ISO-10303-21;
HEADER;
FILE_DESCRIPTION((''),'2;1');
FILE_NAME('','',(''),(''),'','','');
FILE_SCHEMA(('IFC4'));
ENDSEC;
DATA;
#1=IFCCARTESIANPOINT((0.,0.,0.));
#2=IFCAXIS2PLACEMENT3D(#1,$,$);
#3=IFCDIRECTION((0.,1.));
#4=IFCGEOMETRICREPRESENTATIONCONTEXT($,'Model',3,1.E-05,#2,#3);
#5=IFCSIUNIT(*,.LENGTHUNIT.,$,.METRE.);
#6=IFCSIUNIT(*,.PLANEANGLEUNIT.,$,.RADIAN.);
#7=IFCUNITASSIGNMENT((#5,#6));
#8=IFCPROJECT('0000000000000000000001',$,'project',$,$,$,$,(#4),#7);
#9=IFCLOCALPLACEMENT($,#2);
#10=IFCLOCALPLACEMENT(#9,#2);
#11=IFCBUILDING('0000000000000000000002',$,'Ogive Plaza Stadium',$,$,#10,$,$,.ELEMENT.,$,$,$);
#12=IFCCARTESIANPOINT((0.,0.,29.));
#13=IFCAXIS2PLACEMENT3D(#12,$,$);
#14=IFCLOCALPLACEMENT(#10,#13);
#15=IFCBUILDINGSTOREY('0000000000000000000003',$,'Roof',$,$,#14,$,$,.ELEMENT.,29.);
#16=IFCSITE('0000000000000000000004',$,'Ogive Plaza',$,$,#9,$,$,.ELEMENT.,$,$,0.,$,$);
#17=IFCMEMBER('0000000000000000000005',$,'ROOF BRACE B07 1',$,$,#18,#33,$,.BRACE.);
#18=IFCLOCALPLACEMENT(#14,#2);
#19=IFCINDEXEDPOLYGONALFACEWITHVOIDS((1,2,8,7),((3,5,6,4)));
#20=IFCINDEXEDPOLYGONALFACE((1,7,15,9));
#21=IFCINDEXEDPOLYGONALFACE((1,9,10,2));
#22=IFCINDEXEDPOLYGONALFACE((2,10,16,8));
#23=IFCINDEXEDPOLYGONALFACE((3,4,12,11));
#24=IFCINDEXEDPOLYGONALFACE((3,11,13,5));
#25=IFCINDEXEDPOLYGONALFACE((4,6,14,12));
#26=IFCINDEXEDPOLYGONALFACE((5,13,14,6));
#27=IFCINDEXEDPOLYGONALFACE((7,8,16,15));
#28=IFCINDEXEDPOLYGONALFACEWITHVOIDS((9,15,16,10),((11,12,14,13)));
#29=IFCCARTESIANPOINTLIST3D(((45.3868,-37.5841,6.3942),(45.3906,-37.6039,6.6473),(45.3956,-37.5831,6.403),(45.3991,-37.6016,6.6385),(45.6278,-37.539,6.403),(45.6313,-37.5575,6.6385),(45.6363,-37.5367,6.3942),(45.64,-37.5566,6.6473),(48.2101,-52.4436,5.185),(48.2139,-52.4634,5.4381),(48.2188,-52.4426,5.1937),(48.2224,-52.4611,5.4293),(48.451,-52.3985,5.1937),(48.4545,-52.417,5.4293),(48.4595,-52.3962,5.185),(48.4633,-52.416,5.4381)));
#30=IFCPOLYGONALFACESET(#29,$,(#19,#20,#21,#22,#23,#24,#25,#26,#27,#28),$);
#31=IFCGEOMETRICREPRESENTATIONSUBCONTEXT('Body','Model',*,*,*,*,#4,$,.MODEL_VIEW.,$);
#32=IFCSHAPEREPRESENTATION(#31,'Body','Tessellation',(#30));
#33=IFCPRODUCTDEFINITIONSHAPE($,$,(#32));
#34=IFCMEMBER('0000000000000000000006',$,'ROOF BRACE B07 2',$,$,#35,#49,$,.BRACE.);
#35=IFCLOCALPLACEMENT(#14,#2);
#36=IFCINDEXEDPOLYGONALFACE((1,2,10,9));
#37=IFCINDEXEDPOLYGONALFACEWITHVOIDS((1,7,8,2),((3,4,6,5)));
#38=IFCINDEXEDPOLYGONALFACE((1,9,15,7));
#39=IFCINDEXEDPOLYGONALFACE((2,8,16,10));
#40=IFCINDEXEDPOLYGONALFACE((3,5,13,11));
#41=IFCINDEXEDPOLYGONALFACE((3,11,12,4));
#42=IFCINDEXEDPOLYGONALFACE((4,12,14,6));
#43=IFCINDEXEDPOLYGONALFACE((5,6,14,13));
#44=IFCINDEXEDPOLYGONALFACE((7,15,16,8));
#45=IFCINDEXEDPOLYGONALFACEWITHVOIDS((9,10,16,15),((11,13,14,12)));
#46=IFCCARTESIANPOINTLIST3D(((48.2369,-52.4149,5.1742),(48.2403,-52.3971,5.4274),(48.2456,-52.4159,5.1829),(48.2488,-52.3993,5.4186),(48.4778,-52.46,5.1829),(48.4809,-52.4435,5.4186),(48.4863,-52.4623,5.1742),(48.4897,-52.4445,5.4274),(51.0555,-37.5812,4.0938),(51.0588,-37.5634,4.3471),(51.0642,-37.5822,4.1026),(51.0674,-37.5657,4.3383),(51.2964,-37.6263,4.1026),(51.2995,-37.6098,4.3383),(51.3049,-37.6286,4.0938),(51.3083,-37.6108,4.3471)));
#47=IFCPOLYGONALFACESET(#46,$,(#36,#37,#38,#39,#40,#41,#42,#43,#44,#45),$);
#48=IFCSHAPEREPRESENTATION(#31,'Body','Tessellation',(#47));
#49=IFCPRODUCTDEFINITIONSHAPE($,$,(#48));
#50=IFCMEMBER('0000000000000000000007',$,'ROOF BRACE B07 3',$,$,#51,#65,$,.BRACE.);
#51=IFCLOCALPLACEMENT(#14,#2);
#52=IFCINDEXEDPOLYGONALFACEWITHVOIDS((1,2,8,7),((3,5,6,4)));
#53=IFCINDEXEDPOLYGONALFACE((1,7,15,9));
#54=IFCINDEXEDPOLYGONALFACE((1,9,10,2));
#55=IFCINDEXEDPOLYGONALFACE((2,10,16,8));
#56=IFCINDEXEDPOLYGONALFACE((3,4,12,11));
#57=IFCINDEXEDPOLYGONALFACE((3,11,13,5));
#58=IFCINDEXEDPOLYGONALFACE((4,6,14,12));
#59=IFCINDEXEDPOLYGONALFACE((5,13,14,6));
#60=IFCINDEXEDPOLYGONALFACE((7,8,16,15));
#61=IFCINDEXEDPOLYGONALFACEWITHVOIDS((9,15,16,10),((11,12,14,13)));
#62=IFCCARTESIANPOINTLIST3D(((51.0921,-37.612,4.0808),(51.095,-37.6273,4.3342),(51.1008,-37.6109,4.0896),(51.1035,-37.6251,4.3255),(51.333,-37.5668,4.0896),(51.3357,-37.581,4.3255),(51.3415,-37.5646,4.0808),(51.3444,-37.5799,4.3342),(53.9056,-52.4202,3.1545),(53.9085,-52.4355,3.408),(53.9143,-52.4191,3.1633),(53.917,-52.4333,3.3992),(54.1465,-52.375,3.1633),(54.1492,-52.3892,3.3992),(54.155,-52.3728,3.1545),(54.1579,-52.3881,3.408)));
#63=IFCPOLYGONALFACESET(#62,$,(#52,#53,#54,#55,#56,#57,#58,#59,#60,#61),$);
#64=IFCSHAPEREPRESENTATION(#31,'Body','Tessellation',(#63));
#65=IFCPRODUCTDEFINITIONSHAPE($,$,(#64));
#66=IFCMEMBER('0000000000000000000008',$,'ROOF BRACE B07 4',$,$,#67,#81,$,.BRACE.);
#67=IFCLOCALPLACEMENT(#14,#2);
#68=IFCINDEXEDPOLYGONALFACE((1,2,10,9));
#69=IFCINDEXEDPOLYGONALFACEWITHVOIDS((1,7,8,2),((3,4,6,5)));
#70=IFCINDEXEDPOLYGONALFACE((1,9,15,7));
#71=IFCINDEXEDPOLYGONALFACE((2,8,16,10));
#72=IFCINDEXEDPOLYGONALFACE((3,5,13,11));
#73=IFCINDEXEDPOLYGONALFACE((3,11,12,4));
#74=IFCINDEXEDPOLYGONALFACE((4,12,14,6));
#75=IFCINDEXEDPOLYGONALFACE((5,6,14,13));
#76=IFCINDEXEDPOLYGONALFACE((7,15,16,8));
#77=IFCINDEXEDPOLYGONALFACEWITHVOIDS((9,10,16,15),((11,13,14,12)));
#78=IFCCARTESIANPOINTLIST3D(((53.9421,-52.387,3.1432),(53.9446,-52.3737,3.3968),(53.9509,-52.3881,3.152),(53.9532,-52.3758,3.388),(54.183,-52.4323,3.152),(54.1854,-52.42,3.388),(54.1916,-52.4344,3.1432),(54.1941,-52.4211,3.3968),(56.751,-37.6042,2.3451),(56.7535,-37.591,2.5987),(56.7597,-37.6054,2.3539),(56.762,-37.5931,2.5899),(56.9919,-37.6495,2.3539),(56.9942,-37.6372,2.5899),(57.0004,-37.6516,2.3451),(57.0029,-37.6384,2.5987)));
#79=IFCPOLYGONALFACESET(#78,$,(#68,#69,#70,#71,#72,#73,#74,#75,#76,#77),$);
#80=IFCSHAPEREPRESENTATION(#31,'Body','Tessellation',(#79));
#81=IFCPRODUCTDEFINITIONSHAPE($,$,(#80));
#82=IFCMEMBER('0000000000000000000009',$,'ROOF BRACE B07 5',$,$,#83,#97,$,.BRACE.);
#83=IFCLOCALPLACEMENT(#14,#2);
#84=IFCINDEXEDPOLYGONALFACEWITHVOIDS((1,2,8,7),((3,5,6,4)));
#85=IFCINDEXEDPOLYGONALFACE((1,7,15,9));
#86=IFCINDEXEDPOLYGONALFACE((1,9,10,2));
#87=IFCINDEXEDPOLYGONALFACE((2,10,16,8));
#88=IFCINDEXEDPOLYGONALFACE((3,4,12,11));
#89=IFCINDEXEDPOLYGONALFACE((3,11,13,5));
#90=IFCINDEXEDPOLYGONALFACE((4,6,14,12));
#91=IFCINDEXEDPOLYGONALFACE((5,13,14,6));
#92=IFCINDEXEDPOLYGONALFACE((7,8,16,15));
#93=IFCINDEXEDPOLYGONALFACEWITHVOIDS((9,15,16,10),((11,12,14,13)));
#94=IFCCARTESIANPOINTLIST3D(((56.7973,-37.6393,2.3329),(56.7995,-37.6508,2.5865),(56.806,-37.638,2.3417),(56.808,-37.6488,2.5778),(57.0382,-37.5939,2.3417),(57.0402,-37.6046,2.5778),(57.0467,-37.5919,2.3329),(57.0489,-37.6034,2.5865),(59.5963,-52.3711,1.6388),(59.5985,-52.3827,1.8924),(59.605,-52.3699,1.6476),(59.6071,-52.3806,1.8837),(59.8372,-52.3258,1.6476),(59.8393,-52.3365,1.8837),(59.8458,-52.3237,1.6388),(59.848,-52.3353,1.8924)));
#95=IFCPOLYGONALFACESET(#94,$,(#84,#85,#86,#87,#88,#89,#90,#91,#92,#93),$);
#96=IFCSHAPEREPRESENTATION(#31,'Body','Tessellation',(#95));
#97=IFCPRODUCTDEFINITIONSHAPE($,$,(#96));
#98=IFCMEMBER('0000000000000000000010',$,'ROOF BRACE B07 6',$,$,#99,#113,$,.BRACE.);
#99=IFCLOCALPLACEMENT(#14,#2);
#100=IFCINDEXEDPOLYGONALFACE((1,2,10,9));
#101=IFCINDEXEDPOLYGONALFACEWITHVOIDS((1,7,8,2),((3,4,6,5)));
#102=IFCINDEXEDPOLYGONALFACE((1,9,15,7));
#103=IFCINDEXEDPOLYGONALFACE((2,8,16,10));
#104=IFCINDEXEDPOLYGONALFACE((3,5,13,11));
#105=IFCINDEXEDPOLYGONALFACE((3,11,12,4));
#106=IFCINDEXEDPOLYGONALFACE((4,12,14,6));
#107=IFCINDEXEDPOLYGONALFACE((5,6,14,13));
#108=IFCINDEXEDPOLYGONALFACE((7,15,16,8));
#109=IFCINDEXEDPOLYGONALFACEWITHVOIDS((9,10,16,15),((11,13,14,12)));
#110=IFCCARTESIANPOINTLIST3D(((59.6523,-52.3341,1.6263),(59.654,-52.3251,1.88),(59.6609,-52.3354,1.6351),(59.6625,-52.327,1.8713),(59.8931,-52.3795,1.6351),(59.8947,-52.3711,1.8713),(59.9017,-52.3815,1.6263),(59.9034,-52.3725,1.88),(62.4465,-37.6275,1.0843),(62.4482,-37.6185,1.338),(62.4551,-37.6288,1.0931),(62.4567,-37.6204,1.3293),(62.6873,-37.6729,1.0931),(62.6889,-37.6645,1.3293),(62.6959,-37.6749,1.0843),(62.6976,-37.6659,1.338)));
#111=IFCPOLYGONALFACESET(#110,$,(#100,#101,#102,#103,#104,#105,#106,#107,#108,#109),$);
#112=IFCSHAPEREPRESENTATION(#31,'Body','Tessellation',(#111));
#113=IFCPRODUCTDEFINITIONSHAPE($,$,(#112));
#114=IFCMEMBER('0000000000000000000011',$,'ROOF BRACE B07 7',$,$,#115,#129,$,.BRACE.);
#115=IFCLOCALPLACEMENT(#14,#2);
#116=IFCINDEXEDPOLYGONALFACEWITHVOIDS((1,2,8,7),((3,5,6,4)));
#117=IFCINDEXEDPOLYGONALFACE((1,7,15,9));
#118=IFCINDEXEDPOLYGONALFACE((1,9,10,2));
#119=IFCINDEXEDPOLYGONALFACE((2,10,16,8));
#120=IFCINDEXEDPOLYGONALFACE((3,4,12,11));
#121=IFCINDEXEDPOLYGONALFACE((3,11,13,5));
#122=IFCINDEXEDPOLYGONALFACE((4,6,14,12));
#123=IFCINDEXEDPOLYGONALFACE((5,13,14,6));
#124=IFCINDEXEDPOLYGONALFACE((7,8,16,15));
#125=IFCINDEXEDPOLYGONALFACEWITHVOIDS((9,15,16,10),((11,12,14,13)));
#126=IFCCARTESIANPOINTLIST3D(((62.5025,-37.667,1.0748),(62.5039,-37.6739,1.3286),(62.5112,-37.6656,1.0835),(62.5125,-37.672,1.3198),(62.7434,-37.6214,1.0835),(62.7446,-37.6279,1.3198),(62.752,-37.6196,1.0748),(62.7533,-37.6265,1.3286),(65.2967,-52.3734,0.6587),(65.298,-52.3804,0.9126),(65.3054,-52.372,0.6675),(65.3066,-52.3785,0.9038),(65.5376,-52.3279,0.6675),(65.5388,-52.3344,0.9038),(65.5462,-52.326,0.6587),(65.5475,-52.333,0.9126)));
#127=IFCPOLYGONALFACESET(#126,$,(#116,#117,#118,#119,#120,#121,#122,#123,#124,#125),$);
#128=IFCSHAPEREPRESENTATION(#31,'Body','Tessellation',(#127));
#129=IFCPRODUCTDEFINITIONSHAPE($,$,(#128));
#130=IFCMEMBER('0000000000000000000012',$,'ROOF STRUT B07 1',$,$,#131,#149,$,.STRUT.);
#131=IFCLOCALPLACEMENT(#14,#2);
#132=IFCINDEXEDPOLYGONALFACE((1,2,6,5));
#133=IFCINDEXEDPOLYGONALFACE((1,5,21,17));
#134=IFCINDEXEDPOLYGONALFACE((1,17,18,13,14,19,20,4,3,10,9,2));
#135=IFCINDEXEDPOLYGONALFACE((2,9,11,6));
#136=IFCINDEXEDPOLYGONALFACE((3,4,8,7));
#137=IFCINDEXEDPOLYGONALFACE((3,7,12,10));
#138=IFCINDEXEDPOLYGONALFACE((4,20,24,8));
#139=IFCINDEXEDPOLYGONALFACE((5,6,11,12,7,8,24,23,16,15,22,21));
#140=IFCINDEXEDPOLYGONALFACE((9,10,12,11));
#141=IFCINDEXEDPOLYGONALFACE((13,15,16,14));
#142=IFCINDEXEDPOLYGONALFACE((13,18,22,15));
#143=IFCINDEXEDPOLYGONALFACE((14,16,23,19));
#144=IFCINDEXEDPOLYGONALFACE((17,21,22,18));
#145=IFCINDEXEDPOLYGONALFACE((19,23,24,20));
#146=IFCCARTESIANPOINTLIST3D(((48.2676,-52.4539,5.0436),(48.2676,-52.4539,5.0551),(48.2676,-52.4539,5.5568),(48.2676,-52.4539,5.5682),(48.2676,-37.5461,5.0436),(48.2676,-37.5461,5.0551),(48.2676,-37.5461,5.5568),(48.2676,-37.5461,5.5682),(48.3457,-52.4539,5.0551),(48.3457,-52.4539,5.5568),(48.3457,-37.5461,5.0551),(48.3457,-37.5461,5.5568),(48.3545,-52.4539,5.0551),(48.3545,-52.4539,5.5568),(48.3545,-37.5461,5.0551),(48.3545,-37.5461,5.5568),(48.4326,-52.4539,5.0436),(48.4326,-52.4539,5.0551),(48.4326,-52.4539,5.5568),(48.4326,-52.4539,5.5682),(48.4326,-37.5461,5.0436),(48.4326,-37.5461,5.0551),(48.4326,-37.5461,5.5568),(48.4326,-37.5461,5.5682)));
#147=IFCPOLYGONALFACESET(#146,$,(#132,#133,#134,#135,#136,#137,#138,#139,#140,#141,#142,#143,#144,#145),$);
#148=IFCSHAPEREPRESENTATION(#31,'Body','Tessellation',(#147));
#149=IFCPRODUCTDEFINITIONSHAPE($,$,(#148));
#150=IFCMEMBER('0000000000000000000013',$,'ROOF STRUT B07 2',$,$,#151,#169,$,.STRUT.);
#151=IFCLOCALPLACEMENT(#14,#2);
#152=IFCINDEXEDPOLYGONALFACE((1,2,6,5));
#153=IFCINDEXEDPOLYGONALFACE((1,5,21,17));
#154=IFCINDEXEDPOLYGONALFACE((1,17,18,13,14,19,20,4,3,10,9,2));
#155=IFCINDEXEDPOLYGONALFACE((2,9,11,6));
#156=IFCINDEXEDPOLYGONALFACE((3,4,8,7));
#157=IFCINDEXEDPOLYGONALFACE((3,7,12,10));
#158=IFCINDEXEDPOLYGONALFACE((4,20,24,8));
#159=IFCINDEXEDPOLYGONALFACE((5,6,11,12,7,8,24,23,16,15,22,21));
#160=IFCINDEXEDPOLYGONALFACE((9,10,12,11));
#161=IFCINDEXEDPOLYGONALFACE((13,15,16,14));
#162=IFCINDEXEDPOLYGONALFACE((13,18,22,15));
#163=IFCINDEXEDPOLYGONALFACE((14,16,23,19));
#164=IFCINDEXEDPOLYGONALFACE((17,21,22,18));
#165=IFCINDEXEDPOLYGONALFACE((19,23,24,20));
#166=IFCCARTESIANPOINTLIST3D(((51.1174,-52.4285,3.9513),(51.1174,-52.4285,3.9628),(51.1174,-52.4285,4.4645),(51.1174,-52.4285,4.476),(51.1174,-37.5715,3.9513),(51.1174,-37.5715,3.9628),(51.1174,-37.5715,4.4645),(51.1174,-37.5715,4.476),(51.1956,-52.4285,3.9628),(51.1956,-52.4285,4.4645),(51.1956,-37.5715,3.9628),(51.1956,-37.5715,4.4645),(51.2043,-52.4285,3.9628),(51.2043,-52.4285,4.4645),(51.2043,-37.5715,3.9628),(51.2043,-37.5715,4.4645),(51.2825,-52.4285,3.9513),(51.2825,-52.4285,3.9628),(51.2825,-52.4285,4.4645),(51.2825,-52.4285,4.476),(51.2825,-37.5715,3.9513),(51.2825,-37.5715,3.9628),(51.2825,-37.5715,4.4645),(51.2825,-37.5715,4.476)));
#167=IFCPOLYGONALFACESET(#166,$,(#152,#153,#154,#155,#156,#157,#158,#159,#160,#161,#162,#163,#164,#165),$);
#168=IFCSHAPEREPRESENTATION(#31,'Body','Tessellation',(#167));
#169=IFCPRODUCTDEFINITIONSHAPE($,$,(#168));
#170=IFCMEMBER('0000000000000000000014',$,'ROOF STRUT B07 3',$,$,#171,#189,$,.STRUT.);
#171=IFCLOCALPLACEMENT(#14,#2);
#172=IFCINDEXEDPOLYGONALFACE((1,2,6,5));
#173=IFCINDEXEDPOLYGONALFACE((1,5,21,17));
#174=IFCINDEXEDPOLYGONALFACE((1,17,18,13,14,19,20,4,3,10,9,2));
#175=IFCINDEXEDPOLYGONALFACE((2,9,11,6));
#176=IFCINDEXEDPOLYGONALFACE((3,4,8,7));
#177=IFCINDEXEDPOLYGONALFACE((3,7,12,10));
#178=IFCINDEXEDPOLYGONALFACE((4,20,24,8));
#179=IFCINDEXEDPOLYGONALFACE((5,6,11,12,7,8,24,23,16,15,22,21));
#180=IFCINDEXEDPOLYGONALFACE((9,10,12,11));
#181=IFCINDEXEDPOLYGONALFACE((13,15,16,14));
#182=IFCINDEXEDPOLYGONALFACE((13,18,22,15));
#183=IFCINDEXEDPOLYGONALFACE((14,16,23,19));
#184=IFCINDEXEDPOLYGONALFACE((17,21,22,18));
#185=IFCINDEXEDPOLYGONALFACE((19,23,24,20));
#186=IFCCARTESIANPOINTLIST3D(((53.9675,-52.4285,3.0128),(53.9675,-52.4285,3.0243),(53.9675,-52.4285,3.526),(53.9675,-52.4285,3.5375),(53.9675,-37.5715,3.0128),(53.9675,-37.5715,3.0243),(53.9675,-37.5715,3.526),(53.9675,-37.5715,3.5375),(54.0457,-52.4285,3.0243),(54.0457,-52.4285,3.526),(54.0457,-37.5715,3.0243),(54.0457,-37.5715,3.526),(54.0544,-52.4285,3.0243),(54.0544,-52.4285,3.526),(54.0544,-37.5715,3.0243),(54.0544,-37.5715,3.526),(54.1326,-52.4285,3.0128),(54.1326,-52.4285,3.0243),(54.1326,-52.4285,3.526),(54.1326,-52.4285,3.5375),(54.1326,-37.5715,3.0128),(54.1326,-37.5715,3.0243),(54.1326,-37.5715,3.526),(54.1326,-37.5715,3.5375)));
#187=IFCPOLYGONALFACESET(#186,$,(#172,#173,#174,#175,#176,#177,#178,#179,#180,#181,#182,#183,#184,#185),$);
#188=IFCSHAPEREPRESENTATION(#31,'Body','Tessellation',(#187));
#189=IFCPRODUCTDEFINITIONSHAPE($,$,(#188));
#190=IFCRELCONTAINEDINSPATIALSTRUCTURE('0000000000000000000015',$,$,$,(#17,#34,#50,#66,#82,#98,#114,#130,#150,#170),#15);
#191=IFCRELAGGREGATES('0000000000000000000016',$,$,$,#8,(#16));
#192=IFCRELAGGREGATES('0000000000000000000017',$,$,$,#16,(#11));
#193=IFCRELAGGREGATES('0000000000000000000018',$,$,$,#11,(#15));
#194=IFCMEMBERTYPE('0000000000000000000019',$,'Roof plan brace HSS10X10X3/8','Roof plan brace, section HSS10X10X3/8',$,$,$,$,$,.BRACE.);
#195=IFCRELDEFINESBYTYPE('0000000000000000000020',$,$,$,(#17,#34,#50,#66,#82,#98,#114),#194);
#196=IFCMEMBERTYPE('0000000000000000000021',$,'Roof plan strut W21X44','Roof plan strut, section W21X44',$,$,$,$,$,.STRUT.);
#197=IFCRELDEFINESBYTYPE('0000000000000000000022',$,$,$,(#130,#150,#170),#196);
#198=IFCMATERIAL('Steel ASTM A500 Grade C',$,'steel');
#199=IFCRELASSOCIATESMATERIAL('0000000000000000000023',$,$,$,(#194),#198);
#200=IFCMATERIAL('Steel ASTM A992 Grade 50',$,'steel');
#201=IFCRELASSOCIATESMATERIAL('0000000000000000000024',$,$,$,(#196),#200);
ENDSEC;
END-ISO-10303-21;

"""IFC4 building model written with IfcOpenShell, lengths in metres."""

from ifc_helpers import new_model, si_unit, direction, frame, origin, origin_2d, place, context, subcontext, project, spatial, hollow_rectangle, i_section, extrude, material, material_profile, profile_set, type_object, element, save


model = new_model("IFC4")

# Units and contexts
model_context = context("Model", 3, precision=1e-05, world=origin(), true_north=direction((0.0, 1.0)))
body_context = subcontext(model_context, "Body", "Model", "MODEL_VIEW")
ifc_project = project(units=[si_unit("LENGTHUNIT", "METRE"), si_unit("PLANEANGLEUNIT", "RADIAN")], contexts=[model_context])

# Site, building, storey
site_placement = place(None, origin())
site = spatial("IfcSite", under=ifc_project, at=site_placement, Name="Ogive Plaza", CompositionType="ELEMENT", RefElevation=0.0)
building_placement = place(site_placement, origin())
building = spatial("IfcBuilding", under=site, at=building_placement, Name="Ogive Plaza Stadium", CompositionType="ELEMENT")
storey_placement = place(building_placement, frame((0.0, 0.0, 29.0)))
storey = spatial("IfcBuildingStorey", under=building, at=storey_placement, Name="Roof", CompositionType="ELEMENT", Elevation=29.0)

# Members
ifc_material_1 = material(Name="Steel ASTM A500 Grade C", Category="steel")
ifc_material_profile_1 = material_profile(ifc_material_1, hollow_rectangle(XDim=0.2539, YDim=0.2539, WallThickness=0.0088, at=origin_2d()), Name="HSS10X10X3/8")
ifc_profile_set_1 = profile_set([ifc_material_profile_1], Name="Steel ASTM A500 Grade C")
member_type_1 = type_object("IfcMemberType", Name="Roof plan brace HSS10X10X3/8", Description="Roof plan brace, section HSS10X10X3/8", PredefinedType="BRACE", material=ifc_profile_set_1)
member_1_placement = place(storey_placement, frame((45.5134, -37.5703, 6.5208), z_axis=(0.186064, -0.9793, -0.079694), x_axis=(0.982425, 0.186658, 0.0)))
element("IfcMember", 1, at=member_1_placement, inside=storey, type_object=member_type_1, Name="ROOF BRACE B07 1", PredefinedType="BRACE", context=body_context, shape_type="SweptSolid", body=[
    extrude(hollow_rectangle(XDim=0.2539, YDim=0.2539, WallThickness=0.0088, at=origin_2d()), origin(), (0.0, 0.0, 1.0), 15.1736),
])
member_2_placement = place(storey_placement, frame((48.3633, -52.4297, 5.3008), z_axis=(0.186197, 0.979917, -0.071366), x_axis=(-0.982422, 0.186673, 0.0)))
element("IfcMember", 2, at=member_2_placement, inside=storey, type_object=member_type_1, Name="ROOF BRACE B07 2", PredefinedType="BRACE", context=body_context, shape_type="SweptSolid", body=[
    extrude(hollow_rectangle(XDim=0.2539, YDim=0.2539, WallThickness=0.0088, at=origin_2d()), origin(), (0.0, 0.0, 1.0), 15.1377),
])
member_3_placement = place(storey_placement, frame((51.2183, -37.5959, 4.2075), z_axis=(0.186305, -0.980575, -0.061336), x_axis=(0.982425, 0.186657, 0.0)))
element("IfcMember", 3, at=member_3_placement, inside=storey, type_object=member_type_1, Name="ROOF BRACE B07 3", PredefinedType="BRACE", context=body_context, shape_type="SweptSolid", body=[
    extrude(hollow_rectangle(XDim=0.2539, YDim=0.2539, WallThickness=0.0088, at=origin_2d()), origin(), (0.0, 0.0, 1.0), 15.1016),
])
member_4_placement = place(storey_placement, frame((54.0681, -52.4041, 3.27), z_axis=(0.186406, 0.981044, -0.052965), x_axis=(-0.982423, 0.186668, 0.0)))
element("IfcMember", 4, at=member_4_placement, inside=storey, type_object=member_type_1, Name="ROOF BRACE B07 4", PredefinedType="BRACE", context=body_context, shape_type="SweptSolid", body=[
    extrude(hollow_rectangle(XDim=0.2539, YDim=0.2539, WallThickness=0.0088, at=origin_2d()), origin(), (0.0, 0.0, 1.0), 15.0684),
])
member_5_placement = place(storey_placement, frame((56.9231, -37.6213, 2.4597), z_axis=(0.186461, -0.981374, -0.046237), x_axis=(0.982424, 0.186661, 0.0)))
element("IfcMember", 5, at=member_5_placement, inside=storey, type_object=member_type_1, Name="ROOF BRACE B07 5", PredefinedType="BRACE", context=body_context, shape_type="SweptSolid", body=[
    extrude(hollow_rectangle(XDim=0.2539, YDim=0.2539, WallThickness=0.0088, at=origin_2d()), origin(), (0.0, 0.0, 1.0), 15.0115),
])
member_6_placement = place(storey_placement, frame((59.7778, -52.3533, 1.7532), z_axis=(0.186535, 0.981782, -0.036182), x_axis=(-0.982425, 0.186657, 0.0)))
element("IfcMember", 6, at=member_6_placement, inside=storey, type_object=member_type_1, Name="ROOF BRACE B07 6", PredefinedType="BRACE", context=body_context, shape_type="SweptSolid", body=[
    extrude(hollow_rectangle(XDim=0.2539, YDim=0.2539, WallThickness=0.0088, at=origin_2d()), origin(), (0.0, 0.0, 1.0), 14.9795),
])
member_7_placement = place(storey_placement, frame((62.6279, -37.6467, 1.2017), z_axis=(0.186585, -0.982046, -0.02778), x_axis=(0.982425, 0.186657, 0.0)))
element("IfcMember", 7, at=member_7_placement, inside=storey, type_object=member_type_1, Name="ROOF BRACE B07 7", PredefinedType="BRACE", context=body_context, shape_type="SweptSolid", body=[
    extrude(hollow_rectangle(XDim=0.2539, YDim=0.2539, WallThickness=0.0088, at=origin_2d()), origin(), (0.0, 0.0, 1.0), 14.9753),
])
ifc_material_2 = material(Name="Steel ASTM A992 Grade 50", Category="steel")
ifc_material_profile_2 = material_profile(ifc_material_2, i_section(OverallWidth=0.165, OverallDepth=0.5247, WebThickness=0.0088, FlangeThickness=0.0115, at=origin_2d()), Name="W21X44")
ifc_profile_set_2 = profile_set([ifc_material_profile_2], Name="Steel ASTM A992 Grade 50")
member_type_2 = type_object("IfcMemberType", Name="Roof plan strut W21X44", Description="Roof plan strut, section W21X44", PredefinedType="STRUT", material=ifc_profile_set_2)
member_8_placement = place(storey_placement, frame((48.3501, -37.5461, 5.3059), z_axis=(0.0, -1.0, 0.0), x_axis=(1.0, 0.0, 0.0)))
element("IfcMember", 8, at=member_8_placement, inside=storey, type_object=member_type_2, Name="ROOF STRUT B07 1", PredefinedType="STRUT", context=body_context, shape_type="SweptSolid", body=[
    extrude(i_section(OverallWidth=0.165, OverallDepth=0.5247, WebThickness=0.0088, FlangeThickness=0.0115, at=origin_2d()), origin(), (0.0, 0.0, 1.0), 14.9077),
])
for number, where, z_axis, x_axis, name in (
    (9, (51.2, -37.5715, 4.2136), (0.0, -1.0, 0.0), (1.0, 0.0, 0.0), "ROOF STRUT B07 2"),
    (10, (54.05, -37.5715, 3.2751), (0.0, -1.0, 0.0), (1.0, 0.0, 0.0), "ROOF STRUT B07 3"),
):
    element("IfcMember", number, at=place(storey_placement, frame(where, z_axis=z_axis, x_axis=x_axis)), inside=storey, type_object=member_type_2, Name=name, PredefinedType="STRUT", context=body_context, shape_type="SweptSolid", body=[
        extrude(i_section(OverallWidth=0.165, OverallDepth=0.5247, WebThickness=0.0088, FlangeThickness=0.0115, at=origin_2d()), origin(), (0.0, 0.0, 1.0), 14.8569),
    ])

save(model, "model.ifc")
